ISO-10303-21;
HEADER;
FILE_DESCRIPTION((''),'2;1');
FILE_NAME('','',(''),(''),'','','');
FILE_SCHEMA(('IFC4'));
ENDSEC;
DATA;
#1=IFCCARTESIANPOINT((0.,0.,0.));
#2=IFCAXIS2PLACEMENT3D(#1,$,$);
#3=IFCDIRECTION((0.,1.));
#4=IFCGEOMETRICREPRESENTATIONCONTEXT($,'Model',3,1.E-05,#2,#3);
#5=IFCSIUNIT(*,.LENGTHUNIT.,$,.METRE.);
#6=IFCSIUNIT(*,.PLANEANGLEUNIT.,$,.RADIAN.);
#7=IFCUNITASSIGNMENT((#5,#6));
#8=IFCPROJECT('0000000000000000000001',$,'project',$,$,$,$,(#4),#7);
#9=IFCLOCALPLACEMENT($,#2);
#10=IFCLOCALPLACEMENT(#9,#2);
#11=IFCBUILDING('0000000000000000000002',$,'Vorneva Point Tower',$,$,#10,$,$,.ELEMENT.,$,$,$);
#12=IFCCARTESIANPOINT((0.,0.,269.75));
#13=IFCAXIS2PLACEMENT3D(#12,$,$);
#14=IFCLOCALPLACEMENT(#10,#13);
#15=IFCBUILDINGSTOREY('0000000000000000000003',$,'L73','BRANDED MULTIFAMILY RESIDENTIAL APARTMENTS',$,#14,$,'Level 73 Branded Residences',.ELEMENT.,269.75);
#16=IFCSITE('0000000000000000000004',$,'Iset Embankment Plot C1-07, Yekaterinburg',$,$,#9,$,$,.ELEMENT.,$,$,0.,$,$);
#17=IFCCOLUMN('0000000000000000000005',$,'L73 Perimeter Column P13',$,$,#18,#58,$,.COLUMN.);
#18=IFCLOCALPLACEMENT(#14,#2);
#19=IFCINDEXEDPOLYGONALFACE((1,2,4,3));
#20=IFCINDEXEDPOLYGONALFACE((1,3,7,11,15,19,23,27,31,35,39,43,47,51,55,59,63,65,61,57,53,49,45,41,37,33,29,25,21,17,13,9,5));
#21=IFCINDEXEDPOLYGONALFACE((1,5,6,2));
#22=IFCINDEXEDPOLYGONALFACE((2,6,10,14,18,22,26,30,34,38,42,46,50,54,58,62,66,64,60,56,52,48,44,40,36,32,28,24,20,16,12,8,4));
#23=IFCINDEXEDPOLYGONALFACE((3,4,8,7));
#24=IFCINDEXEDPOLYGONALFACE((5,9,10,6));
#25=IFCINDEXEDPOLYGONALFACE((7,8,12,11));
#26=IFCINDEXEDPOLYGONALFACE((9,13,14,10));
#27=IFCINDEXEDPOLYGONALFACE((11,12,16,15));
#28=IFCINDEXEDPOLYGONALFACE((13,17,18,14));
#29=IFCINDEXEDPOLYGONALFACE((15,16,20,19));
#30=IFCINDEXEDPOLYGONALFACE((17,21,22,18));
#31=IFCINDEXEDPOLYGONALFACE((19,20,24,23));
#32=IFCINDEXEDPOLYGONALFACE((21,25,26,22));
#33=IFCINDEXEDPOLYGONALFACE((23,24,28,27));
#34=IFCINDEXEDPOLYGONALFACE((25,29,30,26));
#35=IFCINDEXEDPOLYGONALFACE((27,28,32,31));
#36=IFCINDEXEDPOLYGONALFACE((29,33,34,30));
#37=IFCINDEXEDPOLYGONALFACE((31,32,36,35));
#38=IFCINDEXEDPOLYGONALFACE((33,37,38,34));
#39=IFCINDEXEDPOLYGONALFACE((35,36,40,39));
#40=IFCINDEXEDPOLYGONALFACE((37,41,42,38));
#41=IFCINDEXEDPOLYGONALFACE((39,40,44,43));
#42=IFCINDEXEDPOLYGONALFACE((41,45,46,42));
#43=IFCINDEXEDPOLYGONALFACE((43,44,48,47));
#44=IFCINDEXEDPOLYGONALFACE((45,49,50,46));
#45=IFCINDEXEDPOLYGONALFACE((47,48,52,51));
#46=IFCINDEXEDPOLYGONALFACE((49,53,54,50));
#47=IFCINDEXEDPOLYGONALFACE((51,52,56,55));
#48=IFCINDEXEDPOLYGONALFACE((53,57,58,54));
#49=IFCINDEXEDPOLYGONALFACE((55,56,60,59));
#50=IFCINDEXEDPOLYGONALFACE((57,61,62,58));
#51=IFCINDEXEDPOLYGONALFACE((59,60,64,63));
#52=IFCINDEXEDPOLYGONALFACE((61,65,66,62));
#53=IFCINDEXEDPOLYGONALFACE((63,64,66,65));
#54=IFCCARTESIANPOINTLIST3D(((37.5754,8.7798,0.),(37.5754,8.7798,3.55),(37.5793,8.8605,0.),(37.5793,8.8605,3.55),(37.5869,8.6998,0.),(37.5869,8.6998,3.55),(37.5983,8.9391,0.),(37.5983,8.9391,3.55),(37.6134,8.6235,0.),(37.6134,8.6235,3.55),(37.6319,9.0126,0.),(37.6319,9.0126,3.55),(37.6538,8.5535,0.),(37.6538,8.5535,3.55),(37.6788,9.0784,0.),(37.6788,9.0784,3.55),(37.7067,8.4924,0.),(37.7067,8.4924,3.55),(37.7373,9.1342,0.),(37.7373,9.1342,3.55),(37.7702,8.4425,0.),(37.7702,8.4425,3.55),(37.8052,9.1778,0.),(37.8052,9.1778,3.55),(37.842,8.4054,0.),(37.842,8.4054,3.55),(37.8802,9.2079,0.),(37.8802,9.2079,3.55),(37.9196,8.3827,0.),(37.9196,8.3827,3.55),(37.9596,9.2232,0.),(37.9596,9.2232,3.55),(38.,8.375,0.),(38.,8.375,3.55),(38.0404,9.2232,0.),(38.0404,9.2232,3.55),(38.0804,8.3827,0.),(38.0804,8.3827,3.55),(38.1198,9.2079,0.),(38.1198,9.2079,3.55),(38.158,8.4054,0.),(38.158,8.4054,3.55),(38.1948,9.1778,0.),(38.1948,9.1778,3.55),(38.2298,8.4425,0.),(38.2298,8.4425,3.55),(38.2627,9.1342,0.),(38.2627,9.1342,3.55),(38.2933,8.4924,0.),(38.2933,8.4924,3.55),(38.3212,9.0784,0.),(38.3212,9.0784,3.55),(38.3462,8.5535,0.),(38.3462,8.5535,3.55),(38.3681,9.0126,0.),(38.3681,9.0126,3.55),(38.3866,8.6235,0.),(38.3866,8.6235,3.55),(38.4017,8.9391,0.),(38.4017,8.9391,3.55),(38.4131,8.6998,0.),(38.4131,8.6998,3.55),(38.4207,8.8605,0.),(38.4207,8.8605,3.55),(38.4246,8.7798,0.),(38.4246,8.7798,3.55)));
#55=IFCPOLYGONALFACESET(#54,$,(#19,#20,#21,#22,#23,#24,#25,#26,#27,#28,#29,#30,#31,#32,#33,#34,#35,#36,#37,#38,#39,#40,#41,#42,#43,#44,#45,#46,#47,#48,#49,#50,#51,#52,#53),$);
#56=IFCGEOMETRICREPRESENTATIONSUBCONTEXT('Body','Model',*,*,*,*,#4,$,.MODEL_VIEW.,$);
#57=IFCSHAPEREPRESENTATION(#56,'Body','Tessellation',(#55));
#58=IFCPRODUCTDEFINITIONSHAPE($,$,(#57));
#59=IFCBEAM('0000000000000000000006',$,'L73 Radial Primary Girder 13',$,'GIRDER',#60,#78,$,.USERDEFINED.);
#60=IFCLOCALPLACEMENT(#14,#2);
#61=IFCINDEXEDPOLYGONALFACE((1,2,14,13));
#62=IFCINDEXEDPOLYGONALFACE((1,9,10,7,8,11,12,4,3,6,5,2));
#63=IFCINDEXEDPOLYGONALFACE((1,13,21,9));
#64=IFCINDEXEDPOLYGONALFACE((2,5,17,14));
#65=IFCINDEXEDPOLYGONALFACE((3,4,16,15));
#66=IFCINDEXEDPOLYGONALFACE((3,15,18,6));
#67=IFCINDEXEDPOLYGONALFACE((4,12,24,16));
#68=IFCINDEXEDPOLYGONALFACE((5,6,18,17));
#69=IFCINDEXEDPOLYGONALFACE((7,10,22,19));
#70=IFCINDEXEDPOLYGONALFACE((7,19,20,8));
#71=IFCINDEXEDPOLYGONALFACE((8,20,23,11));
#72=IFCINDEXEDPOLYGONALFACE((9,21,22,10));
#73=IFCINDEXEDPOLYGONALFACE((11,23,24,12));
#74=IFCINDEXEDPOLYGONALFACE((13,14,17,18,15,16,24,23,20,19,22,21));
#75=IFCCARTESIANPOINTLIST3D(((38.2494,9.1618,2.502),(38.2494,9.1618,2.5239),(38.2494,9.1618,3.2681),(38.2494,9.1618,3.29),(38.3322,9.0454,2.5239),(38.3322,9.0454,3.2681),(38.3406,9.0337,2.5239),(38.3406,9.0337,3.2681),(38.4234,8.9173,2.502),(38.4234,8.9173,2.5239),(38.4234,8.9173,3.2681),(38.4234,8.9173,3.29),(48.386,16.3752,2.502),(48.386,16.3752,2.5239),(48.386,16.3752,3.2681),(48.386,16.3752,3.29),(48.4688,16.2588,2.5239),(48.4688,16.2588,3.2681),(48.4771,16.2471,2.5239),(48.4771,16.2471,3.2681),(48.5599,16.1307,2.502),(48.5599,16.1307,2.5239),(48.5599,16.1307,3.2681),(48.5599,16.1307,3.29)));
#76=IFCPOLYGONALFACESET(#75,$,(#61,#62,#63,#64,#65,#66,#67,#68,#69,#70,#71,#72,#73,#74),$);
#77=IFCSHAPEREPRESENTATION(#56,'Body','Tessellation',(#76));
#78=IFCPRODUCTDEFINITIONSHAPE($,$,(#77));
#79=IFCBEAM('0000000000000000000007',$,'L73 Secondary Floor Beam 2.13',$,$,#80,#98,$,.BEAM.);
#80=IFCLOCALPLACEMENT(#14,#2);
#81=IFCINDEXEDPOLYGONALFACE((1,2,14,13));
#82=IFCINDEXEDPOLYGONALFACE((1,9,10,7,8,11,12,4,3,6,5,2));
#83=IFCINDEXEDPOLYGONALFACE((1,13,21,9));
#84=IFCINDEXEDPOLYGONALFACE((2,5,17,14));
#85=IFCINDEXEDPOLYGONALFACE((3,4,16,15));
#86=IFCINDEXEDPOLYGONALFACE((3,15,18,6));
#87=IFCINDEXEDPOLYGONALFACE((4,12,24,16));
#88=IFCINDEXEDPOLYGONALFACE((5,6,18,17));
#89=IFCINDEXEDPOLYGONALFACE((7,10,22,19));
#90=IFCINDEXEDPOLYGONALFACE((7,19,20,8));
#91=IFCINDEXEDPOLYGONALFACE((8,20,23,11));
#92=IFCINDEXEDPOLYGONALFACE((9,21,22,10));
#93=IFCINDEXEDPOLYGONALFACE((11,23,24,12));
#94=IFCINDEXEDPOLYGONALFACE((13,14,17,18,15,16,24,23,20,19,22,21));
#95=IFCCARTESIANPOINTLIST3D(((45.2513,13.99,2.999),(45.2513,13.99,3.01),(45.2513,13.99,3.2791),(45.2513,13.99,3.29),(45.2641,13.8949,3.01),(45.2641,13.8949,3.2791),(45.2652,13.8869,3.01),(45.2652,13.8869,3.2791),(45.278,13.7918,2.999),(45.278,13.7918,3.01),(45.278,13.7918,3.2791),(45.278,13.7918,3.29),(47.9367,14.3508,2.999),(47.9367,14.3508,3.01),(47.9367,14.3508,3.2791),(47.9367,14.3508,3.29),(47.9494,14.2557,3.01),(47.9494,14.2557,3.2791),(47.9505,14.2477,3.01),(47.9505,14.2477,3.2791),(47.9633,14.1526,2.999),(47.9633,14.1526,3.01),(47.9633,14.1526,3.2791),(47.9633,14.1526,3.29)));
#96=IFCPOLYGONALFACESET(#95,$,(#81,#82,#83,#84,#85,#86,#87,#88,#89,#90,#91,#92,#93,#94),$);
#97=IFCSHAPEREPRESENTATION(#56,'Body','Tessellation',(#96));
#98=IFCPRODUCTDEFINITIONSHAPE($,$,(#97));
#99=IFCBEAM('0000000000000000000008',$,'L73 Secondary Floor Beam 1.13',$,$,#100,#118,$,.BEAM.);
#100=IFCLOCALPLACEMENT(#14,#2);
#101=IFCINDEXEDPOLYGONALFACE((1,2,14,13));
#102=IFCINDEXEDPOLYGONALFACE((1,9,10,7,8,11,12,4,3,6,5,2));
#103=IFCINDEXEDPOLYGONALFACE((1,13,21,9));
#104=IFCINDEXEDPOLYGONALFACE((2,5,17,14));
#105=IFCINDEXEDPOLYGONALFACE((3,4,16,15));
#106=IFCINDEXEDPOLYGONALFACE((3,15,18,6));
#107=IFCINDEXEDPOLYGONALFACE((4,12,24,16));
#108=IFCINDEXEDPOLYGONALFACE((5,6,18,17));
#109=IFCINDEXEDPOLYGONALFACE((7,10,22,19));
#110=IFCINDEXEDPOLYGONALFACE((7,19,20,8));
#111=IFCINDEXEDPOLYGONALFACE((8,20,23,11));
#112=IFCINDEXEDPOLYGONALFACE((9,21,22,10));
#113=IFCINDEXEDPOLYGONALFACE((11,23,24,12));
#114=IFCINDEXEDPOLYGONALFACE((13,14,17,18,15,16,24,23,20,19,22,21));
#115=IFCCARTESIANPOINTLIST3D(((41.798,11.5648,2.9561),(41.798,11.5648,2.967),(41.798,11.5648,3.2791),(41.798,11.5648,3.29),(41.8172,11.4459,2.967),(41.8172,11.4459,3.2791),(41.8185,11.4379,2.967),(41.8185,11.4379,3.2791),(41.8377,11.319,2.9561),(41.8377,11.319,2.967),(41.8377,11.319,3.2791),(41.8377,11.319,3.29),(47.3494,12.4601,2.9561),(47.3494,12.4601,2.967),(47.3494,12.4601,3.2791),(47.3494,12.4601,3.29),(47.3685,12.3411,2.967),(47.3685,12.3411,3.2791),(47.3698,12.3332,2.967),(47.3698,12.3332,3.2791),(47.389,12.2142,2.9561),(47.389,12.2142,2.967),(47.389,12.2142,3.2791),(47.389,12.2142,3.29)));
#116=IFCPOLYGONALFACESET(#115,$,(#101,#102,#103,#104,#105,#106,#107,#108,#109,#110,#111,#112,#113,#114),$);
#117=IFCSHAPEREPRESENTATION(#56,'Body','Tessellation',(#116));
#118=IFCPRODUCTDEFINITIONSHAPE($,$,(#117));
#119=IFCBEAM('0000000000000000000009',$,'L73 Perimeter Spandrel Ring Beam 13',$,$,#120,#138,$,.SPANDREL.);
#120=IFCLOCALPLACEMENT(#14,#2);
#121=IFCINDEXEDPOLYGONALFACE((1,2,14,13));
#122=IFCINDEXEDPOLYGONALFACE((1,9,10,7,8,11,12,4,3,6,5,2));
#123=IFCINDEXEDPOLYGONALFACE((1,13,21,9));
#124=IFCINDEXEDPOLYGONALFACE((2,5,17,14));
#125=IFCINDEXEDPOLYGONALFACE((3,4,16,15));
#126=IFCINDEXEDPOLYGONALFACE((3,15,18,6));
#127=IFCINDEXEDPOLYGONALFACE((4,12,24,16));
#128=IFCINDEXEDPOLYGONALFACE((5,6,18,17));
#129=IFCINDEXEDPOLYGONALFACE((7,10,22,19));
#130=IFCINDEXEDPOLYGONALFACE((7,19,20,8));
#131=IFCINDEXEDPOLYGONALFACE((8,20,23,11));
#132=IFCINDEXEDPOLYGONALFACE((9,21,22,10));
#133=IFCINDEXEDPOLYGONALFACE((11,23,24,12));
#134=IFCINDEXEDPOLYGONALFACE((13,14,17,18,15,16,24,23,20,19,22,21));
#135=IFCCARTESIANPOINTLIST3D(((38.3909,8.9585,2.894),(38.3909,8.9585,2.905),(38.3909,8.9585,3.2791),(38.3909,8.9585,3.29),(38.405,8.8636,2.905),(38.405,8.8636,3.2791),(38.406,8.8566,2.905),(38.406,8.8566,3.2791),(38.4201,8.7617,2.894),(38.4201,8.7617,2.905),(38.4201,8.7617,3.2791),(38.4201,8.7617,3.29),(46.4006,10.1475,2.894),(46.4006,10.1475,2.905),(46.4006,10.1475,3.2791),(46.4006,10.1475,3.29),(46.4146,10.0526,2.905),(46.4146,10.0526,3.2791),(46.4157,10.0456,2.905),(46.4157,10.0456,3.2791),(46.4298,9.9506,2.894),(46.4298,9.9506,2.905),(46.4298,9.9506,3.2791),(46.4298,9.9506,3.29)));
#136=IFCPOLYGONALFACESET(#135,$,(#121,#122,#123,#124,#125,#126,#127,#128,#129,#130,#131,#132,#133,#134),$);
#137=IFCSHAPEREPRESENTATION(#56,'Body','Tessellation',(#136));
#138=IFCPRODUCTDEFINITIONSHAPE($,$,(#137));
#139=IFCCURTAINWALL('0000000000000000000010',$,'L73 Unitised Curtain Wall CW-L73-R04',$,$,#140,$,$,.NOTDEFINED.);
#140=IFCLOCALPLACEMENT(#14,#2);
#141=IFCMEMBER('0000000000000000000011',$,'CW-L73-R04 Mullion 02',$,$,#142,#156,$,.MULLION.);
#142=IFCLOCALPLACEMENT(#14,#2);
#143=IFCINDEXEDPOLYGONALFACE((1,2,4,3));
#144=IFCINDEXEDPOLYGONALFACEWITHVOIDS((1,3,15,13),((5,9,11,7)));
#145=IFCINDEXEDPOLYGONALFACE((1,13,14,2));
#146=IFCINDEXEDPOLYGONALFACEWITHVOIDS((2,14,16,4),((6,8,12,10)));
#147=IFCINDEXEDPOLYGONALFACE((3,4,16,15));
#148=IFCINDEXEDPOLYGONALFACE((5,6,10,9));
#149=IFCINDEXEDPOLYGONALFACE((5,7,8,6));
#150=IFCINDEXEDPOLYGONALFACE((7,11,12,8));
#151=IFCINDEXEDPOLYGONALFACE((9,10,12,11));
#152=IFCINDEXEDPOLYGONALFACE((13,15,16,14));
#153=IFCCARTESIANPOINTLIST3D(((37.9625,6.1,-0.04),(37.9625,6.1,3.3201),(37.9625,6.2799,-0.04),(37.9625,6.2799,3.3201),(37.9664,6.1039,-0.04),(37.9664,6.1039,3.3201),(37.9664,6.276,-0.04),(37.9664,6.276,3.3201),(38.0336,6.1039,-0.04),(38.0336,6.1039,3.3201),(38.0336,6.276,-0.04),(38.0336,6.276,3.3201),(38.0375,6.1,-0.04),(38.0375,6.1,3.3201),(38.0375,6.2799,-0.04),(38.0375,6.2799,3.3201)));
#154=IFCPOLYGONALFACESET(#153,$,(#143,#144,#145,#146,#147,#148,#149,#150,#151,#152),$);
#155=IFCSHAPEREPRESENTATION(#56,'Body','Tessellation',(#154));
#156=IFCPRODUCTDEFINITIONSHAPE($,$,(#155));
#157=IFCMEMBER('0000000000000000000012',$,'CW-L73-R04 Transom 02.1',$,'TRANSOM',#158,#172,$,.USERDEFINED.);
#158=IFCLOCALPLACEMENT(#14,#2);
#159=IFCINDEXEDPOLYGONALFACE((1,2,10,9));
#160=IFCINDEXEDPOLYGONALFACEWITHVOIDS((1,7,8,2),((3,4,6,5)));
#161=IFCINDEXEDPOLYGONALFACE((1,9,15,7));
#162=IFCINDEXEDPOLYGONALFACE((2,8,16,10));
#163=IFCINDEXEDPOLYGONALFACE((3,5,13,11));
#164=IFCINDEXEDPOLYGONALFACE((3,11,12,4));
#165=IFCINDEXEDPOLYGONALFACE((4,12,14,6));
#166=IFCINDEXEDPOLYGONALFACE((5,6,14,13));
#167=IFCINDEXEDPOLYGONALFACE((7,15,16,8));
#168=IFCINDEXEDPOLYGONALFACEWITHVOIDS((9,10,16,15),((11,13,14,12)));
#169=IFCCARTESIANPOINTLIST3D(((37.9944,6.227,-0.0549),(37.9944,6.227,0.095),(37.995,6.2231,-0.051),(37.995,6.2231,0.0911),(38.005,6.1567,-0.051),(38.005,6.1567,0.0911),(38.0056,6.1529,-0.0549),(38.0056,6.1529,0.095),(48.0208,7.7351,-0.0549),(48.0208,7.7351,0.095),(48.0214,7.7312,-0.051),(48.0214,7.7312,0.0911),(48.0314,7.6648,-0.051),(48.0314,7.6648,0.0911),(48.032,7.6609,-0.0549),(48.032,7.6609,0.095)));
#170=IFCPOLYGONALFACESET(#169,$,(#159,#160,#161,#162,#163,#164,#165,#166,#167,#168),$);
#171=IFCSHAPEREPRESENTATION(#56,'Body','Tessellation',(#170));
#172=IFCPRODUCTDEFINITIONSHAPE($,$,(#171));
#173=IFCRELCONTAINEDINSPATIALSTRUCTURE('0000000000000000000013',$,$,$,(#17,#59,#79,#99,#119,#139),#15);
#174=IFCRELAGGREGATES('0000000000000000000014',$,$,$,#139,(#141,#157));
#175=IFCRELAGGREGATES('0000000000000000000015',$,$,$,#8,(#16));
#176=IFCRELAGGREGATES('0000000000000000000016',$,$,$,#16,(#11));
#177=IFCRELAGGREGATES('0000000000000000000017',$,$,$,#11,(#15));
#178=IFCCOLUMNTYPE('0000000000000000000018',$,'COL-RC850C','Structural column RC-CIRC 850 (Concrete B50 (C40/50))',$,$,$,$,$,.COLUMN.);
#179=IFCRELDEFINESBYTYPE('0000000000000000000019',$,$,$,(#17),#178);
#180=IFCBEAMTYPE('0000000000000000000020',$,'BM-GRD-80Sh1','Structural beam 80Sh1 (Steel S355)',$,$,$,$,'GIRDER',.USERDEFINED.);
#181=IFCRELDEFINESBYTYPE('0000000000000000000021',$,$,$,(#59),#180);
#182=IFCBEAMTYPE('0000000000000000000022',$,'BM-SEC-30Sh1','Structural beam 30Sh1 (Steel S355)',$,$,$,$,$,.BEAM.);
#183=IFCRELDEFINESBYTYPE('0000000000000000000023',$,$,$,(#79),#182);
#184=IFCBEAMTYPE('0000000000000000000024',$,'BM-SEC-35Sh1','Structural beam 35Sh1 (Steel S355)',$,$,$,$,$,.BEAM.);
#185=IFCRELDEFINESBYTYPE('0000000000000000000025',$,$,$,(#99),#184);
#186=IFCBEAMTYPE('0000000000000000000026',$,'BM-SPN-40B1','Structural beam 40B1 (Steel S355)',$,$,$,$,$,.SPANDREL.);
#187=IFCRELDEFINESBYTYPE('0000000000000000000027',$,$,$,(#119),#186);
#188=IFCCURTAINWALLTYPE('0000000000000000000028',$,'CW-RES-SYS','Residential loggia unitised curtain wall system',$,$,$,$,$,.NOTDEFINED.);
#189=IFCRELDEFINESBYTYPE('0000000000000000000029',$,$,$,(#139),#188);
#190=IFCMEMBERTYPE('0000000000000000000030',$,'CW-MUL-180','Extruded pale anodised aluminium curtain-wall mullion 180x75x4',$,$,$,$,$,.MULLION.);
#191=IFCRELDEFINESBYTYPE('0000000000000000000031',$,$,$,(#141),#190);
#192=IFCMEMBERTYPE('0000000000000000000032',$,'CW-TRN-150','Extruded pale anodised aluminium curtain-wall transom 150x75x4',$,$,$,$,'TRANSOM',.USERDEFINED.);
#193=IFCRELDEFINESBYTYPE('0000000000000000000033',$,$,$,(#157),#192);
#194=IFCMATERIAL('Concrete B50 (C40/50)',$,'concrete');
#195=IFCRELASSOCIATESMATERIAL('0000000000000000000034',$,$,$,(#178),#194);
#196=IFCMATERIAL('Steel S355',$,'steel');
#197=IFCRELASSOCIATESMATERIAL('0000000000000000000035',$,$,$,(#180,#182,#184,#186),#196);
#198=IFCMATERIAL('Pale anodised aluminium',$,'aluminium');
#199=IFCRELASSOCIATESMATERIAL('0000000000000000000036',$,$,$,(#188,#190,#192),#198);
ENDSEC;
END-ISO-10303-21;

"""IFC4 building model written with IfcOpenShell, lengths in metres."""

from ifc_helpers import new_model, si_unit, direction, frame, origin, origin_2d, place, context, subcontext, project, spatial, hollow_rectangle, circle, i_section, extrude, material, material_profile, profile_set, type_object, element, aggregate, save


model = new_model("IFC4")

# Units and contexts
model_context = context("Model", 3, precision=1e-05, world=origin(), true_north=direction((0.0, 1.0)))
body_context = subcontext(model_context, "Body", "Model", "MODEL_VIEW")
ifc_project = project(units=[si_unit("LENGTHUNIT", "METRE"), si_unit("PLANEANGLEUNIT", "RADIAN")], contexts=[model_context])

# Site, building, storey
site_placement = place(None, origin())
site = spatial("IfcSite", under=ifc_project, at=site_placement, Name="Iset Embankment Plot C1-07, Yekaterinburg", CompositionType="ELEMENT", RefElevation=0.0)
building_placement = place(site_placement, origin())
building = spatial("IfcBuilding", under=site, at=building_placement, Name="Vorneva Point Tower", CompositionType="ELEMENT")
storey_placement = place(building_placement, frame((0.0, 0.0, 269.75)))
storey = spatial("IfcBuildingStorey", under=building, at=storey_placement, Name="L73", Description="BRANDED MULTIFAMILY RESIDENTIAL APARTMENTS", LongName="Level 73 Branded Residences", CompositionType="ELEMENT", Elevation=269.75)

# Column
ifc_material_1 = material(Name="Concrete B50 (C40/50)", Category="concrete")
ifc_material_profile_1 = material_profile(ifc_material_1, circle(Radius=0.425, at=origin_2d()), Name="RC-CIRC 850")
ifc_profile_set_1 = profile_set([ifc_material_profile_1], Name="Concrete B50 (C40/50)")
column_type = type_object("IfcColumnType", Name="COL-RC850C", Description="Structural column RC-CIRC 850 (Concrete B50 (C40/50))", PredefinedType="COLUMN", material=ifc_profile_set_1)
column_placement = place(storey_placement, frame((38.0, 8.8, 0.0), z_axis=(0.0, 0.0, 1.0), x_axis=(0.0, -1.0, 0.0)))
element("IfcColumn", 1, at=column_placement, inside=storey, type_object=column_type, Name="L73 Perimeter Column P13", PredefinedType="COLUMN", context=body_context, shape_type="SweptSolid", body=[
    extrude(circle(Radius=0.425, at=origin_2d()), origin(), (0.0, 0.0, 1.0), 3.55),
])

# Beams
ifc_material_2 = material(Name="Steel S355", Category="steel")
ifc_material_profile_2 = material_profile(ifc_material_2, i_section(OverallWidth=0.3, OverallDepth=0.7881, WebThickness=0.0144, FlangeThickness=0.022, at=origin_2d()), Name="80Sh1")
ifc_profile_set_2 = profile_set([ifc_material_profile_2], Name="Steel S355")
beam_type_1 = type_object("IfcBeamType", Name="BM-GRD-80Sh1", Description="Structural beam 80Sh1 (Steel S355)", ElementType="GIRDER", PredefinedType="USERDEFINED", material=ifc_profile_set_2)
beam_1_placement = place(storey_placement, frame((38.3364, 9.0396, 2.896), z_axis=(0.814757, 0.579802, 0.0), x_axis=(-0.579802, 0.814757, 0.0)))
element("IfcBeam", 2, at=beam_1_placement, inside=storey, type_object=beam_type_1, Name="L73 Radial Primary Girder 13", ObjectType="GIRDER", PredefinedType="USERDEFINED", context=body_context, shape_type="SweptSolid", body=[
    extrude(i_section(OverallWidth=0.3, OverallDepth=0.7881, WebThickness=0.0144, FlangeThickness=0.022, at=origin_2d()), origin(), (0.0, 0.0, 1.0), 12.4412),
])
ifc_material_profile_3 = material_profile(ifc_material_2, i_section(OverallWidth=0.2, OverallDepth=0.291, WebThickness=0.0081, FlangeThickness=0.011, at=origin_2d()), Name="30Sh1")
ifc_profile_set_3 = profile_set([ifc_material_profile_3], Name="Steel S355")
beam_type_2 = type_object("IfcBeamType", Name="BM-SEC-30Sh1", Description="Structural beam 30Sh1 (Steel S355)", PredefinedType="BEAM", material=ifc_profile_set_3)
beam_2_placement = place(storey_placement, frame((45.2646, 13.8909, 3.1445), z_axis=(0.991092, 0.133179, 0.0), x_axis=(-0.133179, 0.991092, 0.0)))
element("IfcBeam", 3, at=beam_2_placement, inside=storey, type_object=beam_type_2, Name="L73 Secondary Floor Beam 2.13", PredefinedType="BEAM", context=body_context, shape_type="SweptSolid", body=[
    extrude(i_section(OverallWidth=0.2, OverallDepth=0.291, WebThickness=0.0081, FlangeThickness=0.011, at=origin_2d()), origin(), (0.0, 0.0, 1.0), 2.7095),
])
ifc_material_profile_4 = material_profile(ifc_material_2, i_section(OverallWidth=0.249, OverallDepth=0.334, WebThickness=0.0081, FlangeThickness=0.011, at=origin_2d()), Name="35Sh1")
ifc_profile_set_4 = profile_set([ifc_material_profile_4], Name="Steel S355")
beam_type_3 = type_object("IfcBeamType", Name="BM-SEC-35Sh1", Description="Structural beam 35Sh1 (Steel S355)", PredefinedType="BEAM", material=ifc_profile_set_4)
beam_3_placement = place(storey_placement, frame((41.8179, 11.4419, 3.123), z_axis=(0.987244, 0.159215, 0.0), x_axis=(-0.159215, 0.987244, 0.0)))
element("IfcBeam", 4, at=beam_3_placement, inside=storey, type_object=beam_type_3, Name="L73 Secondary Floor Beam 1.13", PredefinedType="BEAM", context=body_context, shape_type="SweptSolid", body=[
    extrude(i_section(OverallWidth=0.249, OverallDepth=0.334, WebThickness=0.0081, FlangeThickness=0.011, at=origin_2d()), origin(), (0.0, 0.0, 1.0), 5.623),
])
ifc_material_profile_5 = material_profile(ifc_material_2, i_section(OverallWidth=0.199, OverallDepth=0.396, WebThickness=0.0071, FlangeThickness=0.011, at=origin_2d()), Name="40B1")
ifc_profile_set_5 = profile_set([ifc_material_profile_5], Name="Steel S355")
beam_type_4 = type_object("IfcBeamType", Name="BM-SPN-40B1", Description="Structural beam 40B1 (Steel S355)", PredefinedType="SPANDREL", material=ifc_profile_set_5)
beam_4_placement = place(storey_placement, frame((38.4055, 8.8601, 3.092), z_axis=(0.989162, 0.146831, 0.0), x_axis=(-0.146831, 0.989162, 0.0)))
element("IfcBeam", 5, at=beam_4_placement, inside=storey, type_object=beam_type_4, Name="L73 Perimeter Spandrel Ring Beam 13", PredefinedType="SPANDREL", context=body_context, shape_type="SweptSolid", body=[
    extrude(i_section(OverallWidth=0.199, OverallDepth=0.396, WebThickness=0.0071, FlangeThickness=0.011, at=origin_2d()), origin(), (0.0, 0.0, 1.0), 8.0974),
])

# Curtain wall, members
ifc_material_3 = material(Name="Pale anodised aluminium", Category="aluminium")
curtain_wall_type = type_object("IfcCurtainWallType", Name="CW-RES-SYS", Description="Residential loggia unitised curtain wall system", PredefinedType="NOTDEFINED", material=ifc_material_3)
curtain_wall_placement = place(storey_placement, origin())
curtain_wall = element("IfcCurtainWall", 6, at=curtain_wall_placement, inside=storey, type_object=curtain_wall_type, Name="L73 Unitised Curtain Wall CW-L73-R04", PredefinedType="NOTDEFINED")
ifc_material_profile_6 = material_profile(ifc_material_3, hollow_rectangle(XDim=0.075, YDim=0.1799, WallThickness=0.0039, at=origin_2d()), Name="AL-MUL 180x75x4")
ifc_profile_set_6 = profile_set([ifc_material_profile_6], Name="Pale anodised aluminium")
member_type_1 = type_object("IfcMemberType", Name="CW-MUL-180", Description="Extruded pale anodised aluminium curtain-wall mullion 180x75x4", PredefinedType="MULLION", material=ifc_profile_set_6)
member_1_placement = place(storey_placement, frame((38.0, 6.1899, -0.04), z_axis=(0.0, 0.0, 1.0), x_axis=(1.0, 0.0, 0.0)))
member_1 = element("IfcMember", 7, at=member_1_placement, type_object=member_type_1, Name="CW-L73-R04 Mullion 02", PredefinedType="MULLION", context=body_context, shape_type="SweptSolid", body=[
    extrude(hollow_rectangle(XDim=0.075, YDim=0.1799, WallThickness=0.0039, at=origin_2d()), origin(), (0.0, 0.0, 1.0), 3.3601),
])
ifc_material_profile_7 = material_profile(ifc_material_3, hollow_rectangle(XDim=0.075, YDim=0.1499, WallThickness=0.0039, at=origin_2d()), Name="AL-TRN 150x75x4")
ifc_profile_set_7 = profile_set([ifc_material_profile_7], Name="Pale anodised aluminium")
member_type_2 = type_object("IfcMemberType", Name="CW-TRN-150", Description="Extruded pale anodised aluminium curtain-wall transom 150x75x4", ElementType="TRANSOM", PredefinedType="USERDEFINED", material=ifc_profile_set_7)
member_2_placement = place(storey_placement, frame((38.0, 6.1899, 0.02), z_axis=(0.988877, 0.148736, 0.0), x_axis=(-0.148736, 0.988877, 0.0)))
member_2 = element("IfcMember", 8, at=member_2_placement, type_object=member_type_2, Name="CW-L73-R04 Transom 02.1", ObjectType="TRANSOM", PredefinedType="USERDEFINED", context=body_context, shape_type="SweptSolid", body=[
    extrude(hollow_rectangle(XDim=0.075, YDim=0.1499, WallThickness=0.0039, at=origin_2d()), origin(), (0.0, 0.0, 1.0), 10.1392),
])
aggregate(curtain_wall, [member_1, member_2])

save(model, "model.ifc")
